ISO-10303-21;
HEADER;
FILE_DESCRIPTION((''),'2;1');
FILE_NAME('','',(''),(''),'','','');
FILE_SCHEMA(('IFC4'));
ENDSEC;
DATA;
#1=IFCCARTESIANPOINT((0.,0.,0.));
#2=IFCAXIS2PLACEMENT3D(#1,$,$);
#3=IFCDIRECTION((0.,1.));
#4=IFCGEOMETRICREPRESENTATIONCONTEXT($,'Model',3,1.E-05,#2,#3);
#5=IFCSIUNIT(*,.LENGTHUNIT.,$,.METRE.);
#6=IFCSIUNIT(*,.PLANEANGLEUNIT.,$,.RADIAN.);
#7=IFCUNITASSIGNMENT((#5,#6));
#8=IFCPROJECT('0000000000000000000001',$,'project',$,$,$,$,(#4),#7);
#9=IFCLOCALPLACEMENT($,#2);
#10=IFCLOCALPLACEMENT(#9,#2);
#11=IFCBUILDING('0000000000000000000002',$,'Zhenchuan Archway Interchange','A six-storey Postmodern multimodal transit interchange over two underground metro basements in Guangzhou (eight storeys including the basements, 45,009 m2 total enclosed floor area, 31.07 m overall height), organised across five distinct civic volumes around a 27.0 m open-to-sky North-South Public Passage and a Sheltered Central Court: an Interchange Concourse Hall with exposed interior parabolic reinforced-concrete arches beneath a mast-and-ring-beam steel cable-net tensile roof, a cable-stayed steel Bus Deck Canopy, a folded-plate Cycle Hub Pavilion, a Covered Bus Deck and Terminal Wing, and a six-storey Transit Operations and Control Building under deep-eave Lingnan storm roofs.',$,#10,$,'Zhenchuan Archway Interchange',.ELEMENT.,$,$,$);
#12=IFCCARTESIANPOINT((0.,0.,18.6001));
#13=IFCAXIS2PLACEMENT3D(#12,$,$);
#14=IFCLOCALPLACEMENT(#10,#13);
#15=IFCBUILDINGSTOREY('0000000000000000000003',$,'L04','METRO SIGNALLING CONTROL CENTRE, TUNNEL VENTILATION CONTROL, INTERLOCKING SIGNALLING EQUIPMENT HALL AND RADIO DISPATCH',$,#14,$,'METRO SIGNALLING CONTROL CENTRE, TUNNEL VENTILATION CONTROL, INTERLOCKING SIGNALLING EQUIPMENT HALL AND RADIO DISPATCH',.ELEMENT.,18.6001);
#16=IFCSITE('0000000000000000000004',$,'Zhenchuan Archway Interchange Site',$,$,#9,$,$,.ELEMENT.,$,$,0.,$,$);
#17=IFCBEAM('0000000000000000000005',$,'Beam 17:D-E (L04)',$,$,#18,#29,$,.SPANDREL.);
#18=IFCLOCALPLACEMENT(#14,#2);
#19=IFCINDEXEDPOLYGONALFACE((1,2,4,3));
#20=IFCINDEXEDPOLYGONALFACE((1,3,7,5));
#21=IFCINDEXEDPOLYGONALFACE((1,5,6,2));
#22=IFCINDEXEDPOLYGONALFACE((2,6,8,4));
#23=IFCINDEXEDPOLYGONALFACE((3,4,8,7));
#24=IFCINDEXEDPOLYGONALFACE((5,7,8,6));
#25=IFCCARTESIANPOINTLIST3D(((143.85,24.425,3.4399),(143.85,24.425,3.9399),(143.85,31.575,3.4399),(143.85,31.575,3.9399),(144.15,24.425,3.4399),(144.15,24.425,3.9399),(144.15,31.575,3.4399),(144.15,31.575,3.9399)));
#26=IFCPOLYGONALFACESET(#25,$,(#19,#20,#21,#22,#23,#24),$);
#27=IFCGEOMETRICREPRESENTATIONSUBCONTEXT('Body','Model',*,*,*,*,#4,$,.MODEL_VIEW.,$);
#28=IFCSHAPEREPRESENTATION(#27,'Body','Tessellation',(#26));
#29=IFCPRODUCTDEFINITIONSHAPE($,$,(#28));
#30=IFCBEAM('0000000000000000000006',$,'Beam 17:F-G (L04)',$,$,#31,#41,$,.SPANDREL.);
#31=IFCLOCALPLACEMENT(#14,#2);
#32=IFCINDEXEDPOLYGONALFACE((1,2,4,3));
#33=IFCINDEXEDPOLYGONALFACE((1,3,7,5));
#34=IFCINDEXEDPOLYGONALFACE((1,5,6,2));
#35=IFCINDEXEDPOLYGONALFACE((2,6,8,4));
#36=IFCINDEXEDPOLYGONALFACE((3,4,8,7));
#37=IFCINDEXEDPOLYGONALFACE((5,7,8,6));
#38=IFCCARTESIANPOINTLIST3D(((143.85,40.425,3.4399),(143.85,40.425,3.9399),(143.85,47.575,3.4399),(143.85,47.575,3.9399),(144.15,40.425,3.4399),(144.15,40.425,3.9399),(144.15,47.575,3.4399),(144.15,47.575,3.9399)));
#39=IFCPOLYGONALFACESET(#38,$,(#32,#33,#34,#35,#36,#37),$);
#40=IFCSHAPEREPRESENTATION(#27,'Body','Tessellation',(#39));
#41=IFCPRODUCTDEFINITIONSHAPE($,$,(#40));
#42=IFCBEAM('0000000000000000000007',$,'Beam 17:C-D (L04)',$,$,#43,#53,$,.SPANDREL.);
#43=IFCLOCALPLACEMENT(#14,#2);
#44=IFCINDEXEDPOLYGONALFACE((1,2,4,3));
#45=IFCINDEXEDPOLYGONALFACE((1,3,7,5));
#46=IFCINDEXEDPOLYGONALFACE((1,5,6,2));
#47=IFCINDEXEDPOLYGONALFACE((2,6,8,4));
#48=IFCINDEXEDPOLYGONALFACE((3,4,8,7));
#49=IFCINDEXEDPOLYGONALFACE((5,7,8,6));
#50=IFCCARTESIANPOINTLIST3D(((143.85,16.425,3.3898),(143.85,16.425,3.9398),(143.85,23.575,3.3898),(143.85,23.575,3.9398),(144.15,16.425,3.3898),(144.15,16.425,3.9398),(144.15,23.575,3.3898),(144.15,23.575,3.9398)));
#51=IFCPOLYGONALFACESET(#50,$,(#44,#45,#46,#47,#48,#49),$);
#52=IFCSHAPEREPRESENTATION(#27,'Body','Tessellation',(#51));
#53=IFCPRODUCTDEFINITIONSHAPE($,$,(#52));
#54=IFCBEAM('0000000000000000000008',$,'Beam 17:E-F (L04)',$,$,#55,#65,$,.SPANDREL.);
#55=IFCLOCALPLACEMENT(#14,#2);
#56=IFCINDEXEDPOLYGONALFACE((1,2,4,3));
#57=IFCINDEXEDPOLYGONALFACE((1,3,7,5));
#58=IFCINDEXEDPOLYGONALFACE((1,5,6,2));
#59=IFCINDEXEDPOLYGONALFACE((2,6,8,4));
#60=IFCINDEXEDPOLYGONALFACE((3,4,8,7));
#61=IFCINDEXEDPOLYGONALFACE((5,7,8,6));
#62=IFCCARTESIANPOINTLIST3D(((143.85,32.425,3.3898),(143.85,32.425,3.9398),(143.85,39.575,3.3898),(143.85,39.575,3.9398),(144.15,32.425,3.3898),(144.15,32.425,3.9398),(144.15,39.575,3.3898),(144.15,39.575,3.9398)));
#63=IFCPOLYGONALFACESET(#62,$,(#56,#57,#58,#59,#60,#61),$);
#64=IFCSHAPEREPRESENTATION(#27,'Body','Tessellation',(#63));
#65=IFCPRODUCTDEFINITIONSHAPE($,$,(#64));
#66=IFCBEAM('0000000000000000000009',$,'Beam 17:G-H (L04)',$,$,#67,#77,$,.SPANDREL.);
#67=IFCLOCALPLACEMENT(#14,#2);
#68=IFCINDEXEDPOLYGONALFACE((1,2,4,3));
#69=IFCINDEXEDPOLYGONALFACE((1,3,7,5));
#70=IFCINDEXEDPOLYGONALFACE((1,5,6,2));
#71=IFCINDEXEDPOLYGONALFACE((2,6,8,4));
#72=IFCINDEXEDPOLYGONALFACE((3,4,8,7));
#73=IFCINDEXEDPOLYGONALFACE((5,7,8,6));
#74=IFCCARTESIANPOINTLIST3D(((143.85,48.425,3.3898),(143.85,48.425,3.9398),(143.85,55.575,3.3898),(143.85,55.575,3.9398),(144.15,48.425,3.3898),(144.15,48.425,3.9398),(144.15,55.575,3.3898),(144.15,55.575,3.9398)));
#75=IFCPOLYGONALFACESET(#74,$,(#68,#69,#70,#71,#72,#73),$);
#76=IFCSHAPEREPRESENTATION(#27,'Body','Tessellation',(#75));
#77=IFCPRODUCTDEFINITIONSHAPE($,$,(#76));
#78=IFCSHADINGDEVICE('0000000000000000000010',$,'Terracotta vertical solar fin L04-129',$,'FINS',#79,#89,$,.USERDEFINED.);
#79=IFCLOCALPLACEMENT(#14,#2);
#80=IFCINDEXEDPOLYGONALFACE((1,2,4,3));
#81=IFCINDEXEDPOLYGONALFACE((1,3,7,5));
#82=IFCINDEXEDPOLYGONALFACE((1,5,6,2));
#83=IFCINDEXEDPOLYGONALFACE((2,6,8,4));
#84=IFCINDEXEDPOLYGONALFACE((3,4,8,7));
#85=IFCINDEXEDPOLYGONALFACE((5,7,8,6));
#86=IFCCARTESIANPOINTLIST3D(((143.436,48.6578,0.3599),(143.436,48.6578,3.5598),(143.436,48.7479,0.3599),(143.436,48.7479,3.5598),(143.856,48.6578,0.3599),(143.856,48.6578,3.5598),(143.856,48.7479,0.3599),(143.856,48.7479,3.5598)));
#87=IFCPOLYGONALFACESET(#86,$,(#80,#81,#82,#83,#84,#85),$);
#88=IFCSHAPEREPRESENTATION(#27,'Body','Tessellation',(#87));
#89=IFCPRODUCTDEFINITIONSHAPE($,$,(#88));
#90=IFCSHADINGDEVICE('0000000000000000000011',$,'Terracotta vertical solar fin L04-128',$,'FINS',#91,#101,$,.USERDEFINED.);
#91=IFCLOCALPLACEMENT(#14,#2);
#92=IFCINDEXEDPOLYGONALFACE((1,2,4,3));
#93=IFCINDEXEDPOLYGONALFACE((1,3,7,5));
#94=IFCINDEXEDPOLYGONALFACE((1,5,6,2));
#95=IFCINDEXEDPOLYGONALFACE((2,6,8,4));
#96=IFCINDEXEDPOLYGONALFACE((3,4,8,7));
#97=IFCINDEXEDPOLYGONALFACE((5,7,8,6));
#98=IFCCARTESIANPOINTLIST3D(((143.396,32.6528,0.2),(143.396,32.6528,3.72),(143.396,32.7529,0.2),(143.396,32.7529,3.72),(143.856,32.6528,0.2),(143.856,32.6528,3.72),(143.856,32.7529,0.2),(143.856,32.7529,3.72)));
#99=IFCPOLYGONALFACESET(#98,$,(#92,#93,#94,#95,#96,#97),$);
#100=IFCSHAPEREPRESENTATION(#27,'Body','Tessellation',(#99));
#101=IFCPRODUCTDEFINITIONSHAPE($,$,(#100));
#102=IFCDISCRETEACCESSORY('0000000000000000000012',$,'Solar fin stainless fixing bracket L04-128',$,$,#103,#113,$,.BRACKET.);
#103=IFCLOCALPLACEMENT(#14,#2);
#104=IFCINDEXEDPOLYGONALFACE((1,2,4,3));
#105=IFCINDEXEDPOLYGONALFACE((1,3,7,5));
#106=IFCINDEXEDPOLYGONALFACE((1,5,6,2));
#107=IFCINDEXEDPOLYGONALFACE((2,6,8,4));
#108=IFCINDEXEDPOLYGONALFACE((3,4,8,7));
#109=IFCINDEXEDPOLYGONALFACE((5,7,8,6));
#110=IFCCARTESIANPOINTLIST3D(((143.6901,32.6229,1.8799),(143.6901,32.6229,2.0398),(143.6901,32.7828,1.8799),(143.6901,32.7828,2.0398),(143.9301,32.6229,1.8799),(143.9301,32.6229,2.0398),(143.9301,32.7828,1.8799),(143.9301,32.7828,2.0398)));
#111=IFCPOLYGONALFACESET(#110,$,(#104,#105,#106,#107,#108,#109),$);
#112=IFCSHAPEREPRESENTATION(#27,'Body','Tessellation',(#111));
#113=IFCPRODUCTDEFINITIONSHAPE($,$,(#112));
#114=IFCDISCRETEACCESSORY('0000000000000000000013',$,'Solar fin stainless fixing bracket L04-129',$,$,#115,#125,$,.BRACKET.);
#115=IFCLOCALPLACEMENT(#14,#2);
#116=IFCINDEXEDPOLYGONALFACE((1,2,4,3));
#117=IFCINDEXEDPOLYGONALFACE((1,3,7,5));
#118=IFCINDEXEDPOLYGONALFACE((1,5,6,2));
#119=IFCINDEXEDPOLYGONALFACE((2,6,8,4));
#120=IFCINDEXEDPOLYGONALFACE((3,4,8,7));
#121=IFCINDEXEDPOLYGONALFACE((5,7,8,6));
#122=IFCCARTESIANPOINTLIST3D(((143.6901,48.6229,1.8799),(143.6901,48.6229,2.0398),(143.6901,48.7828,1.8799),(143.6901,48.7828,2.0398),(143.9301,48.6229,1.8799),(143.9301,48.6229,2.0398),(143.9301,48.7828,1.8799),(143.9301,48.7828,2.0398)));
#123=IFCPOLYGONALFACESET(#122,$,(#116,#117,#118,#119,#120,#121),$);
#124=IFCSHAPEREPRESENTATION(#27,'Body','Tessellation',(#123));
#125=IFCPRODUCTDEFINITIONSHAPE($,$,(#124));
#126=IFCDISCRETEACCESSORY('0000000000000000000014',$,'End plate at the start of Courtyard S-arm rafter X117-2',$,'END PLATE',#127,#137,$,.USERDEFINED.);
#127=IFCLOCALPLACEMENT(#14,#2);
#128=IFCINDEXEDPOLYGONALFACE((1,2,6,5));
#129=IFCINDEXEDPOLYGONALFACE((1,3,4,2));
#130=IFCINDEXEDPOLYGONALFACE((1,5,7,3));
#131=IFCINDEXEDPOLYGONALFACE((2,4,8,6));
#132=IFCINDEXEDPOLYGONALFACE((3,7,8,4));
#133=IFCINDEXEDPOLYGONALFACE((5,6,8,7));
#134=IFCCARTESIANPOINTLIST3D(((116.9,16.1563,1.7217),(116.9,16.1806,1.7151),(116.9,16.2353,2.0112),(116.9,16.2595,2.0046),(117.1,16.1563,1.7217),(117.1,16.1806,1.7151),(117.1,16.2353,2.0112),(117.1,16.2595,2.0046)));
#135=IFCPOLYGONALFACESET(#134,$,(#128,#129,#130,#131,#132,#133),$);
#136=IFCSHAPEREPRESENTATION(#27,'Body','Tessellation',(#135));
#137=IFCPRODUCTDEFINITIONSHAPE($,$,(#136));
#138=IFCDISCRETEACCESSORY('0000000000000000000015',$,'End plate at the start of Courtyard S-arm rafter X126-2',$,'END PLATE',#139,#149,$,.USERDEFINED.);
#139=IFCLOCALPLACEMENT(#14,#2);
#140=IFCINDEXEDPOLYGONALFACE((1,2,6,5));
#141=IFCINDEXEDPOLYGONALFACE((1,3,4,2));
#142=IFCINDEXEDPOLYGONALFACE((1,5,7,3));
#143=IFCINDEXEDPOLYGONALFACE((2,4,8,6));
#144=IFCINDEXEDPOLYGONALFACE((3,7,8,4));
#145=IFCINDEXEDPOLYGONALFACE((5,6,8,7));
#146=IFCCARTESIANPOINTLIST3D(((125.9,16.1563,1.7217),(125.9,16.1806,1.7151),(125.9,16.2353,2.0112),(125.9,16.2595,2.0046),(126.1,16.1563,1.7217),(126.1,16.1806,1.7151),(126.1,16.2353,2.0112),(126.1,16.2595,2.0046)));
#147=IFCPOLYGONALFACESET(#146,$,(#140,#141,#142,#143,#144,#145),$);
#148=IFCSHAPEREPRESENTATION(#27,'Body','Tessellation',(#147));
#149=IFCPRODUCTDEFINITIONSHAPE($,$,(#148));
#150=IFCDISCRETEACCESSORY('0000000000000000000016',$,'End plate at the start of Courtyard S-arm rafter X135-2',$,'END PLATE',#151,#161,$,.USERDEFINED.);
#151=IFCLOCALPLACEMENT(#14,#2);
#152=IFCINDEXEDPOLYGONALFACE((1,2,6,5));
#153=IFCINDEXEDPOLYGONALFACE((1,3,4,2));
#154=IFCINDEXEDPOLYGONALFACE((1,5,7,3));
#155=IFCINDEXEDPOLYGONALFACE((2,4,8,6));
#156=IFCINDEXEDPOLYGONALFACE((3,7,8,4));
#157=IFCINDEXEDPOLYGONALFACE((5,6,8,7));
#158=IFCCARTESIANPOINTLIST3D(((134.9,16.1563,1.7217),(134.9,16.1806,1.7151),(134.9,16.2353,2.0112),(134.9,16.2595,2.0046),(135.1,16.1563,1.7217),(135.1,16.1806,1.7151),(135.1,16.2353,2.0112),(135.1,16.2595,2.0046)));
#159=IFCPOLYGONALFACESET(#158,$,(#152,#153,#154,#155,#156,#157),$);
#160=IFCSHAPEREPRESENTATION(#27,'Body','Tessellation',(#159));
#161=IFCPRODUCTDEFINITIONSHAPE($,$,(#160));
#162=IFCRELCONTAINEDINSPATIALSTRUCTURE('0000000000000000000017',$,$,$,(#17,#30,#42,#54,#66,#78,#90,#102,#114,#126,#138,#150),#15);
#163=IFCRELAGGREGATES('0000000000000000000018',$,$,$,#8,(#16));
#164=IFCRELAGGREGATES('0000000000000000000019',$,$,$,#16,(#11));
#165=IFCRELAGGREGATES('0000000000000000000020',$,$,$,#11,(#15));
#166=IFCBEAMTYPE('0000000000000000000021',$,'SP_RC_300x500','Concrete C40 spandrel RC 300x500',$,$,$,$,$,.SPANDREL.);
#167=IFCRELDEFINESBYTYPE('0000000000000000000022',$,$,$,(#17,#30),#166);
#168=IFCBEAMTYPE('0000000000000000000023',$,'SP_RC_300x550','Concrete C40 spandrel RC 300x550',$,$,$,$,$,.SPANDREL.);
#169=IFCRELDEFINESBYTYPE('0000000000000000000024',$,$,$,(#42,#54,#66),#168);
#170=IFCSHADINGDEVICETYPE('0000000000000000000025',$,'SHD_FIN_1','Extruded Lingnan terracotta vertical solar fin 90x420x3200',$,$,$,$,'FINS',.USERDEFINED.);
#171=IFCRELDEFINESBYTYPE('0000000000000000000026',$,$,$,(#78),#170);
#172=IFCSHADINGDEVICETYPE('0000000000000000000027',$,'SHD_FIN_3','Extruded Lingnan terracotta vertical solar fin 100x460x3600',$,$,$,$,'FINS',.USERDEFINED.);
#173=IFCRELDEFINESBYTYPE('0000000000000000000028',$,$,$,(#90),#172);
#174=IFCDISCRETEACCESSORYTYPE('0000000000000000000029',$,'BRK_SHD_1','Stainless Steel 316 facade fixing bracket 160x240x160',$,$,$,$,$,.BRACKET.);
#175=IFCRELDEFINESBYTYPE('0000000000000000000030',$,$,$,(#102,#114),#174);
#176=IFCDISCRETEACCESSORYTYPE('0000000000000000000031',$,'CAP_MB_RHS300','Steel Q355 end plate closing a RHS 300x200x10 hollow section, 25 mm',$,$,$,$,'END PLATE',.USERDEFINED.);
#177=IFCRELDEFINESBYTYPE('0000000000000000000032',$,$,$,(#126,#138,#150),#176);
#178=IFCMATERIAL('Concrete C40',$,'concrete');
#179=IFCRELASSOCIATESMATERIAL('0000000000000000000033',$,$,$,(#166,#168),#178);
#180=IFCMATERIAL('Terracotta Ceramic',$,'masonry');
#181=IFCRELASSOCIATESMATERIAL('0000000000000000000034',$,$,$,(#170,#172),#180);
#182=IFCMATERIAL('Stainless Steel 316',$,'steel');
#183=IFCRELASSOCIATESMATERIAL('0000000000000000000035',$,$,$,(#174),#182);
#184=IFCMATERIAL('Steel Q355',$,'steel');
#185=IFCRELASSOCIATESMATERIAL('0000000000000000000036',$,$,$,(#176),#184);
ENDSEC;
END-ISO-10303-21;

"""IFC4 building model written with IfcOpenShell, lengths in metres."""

from ifc_helpers import new_model, si_unit, direction, frame, origin, origin_2d, place, context, subcontext, project, spatial, rectangle, extrude, material, material_profile, profile_set, type_object, element, save


model = new_model("IFC4")

# Units and contexts
model_context = context("Model", 3, precision=1e-05, world=origin(), true_north=direction((0.0, 1.0)))
body_context = subcontext(model_context, "Body", "Model", "MODEL_VIEW")
ifc_project = project(units=[si_unit("LENGTHUNIT", "METRE"), si_unit("PLANEANGLEUNIT", "RADIAN")], contexts=[model_context])

# Site, building, storey
site_placement = place(None, origin())
site = spatial("IfcSite", under=ifc_project, at=site_placement, Name="Zhenchuan Archway Interchange Site", CompositionType="ELEMENT", RefElevation=0.0)
building_placement = place(site_placement, origin())
building = spatial("IfcBuilding", under=site, at=building_placement, Name="Zhenchuan Archway Interchange", Description="A six-storey Postmodern multimodal transit interchange over two underground metro basements in Guangzhou (eight storeys including the basements, 45,009 m2 total enclosed floor area, 31.07 m overall height), organised across five distinct civic volumes around a 27.0 m open-to-sky North-South Public Passage and a Sheltered Central Court: an Interchange Concourse Hall with exposed interior parabolic reinforced-concrete arches beneath a mast-and-ring-beam steel cable-net tensile roof, a cable-stayed steel Bus Deck Canopy, a folded-plate Cycle Hub Pavilion, a Covered Bus Deck and Terminal Wing, and a six-storey Transit Operations and Control Building under deep-eave Lingnan storm roofs.", LongName="Zhenchuan Archway Interchange", CompositionType="ELEMENT")
storey_placement = place(building_placement, frame((0.0, 0.0, 18.6001)))
storey = spatial("IfcBuildingStorey", under=building, at=storey_placement, Name="L04", Description="METRO SIGNALLING CONTROL CENTRE, TUNNEL VENTILATION CONTROL, INTERLOCKING SIGNALLING EQUIPMENT HALL AND RADIO DISPATCH", LongName="METRO SIGNALLING CONTROL CENTRE, TUNNEL VENTILATION CONTROL, INTERLOCKING SIGNALLING EQUIPMENT HALL AND RADIO DISPATCH", CompositionType="ELEMENT", Elevation=18.6001)

# Shared definitions
ifc_material_1 = material(Name="Concrete C40", Category="concrete")

# Shared definitions
ifc_material_2 = material(Name="Steel Q355", Category="steel")

# Beams
ifc_material_profile_1 = material_profile(ifc_material_1, rectangle(XDim=0.3, YDim=0.5, at=origin_2d()), Name="RC 300x500")
ifc_profile_set_1 = profile_set([ifc_material_profile_1], Name="Concrete C40")
beam_type_1 = type_object("IfcBeamType", Name="SP_RC_300x500", Description="Concrete C40 spandrel RC 300x500", PredefinedType="SPANDREL", material=ifc_profile_set_1)
for number, where, z_axis, x_axis, name in (
    (1, (144.0, 24.425, 3.6899), (0.0, 1.0, 0.0), (-1.0, 0.0, 0.0), "Beam 17:D-E (L04)"),
    (2, (144.0, 40.425, 3.6899), (0.0, 1.0, 0.0), (-1.0, 0.0, 0.0), "Beam 17:F-G (L04)"),
):
    element("IfcBeam", number, at=place(storey_placement, frame(where, z_axis=z_axis, x_axis=x_axis)), inside=storey, type_object=beam_type_1, Name=name, PredefinedType="SPANDREL", context=body_context, shape_type="SweptSolid", body=[
        extrude(rectangle(XDim=0.3, YDim=0.5, at=origin_2d()), origin(), (0.0, 0.0, 1.0), 7.1499),
    ])
ifc_material_profile_2 = material_profile(ifc_material_1, rectangle(XDim=0.3, YDim=0.55, at=origin_2d()), Name="RC 300x550")
ifc_profile_set_2 = profile_set([ifc_material_profile_2], Name="Concrete C40")
beam_type_2 = type_object("IfcBeamType", Name="SP_RC_300x550", Description="Concrete C40 spandrel RC 300x550", PredefinedType="SPANDREL", material=ifc_profile_set_2)
for number, where, z_axis, x_axis, name in (
    (3, (144.0, 16.425, 3.6648), (0.0, 1.0, 0.0), (-1.0, 0.0, 0.0), "Beam 17:C-D (L04)"),
    (4, (144.0, 32.425, 3.6648), (0.0, 1.0, 0.0), (-1.0, 0.0, 0.0), "Beam 17:E-F (L04)"),
    (5, (144.0, 48.425, 3.6648), (0.0, 1.0, 0.0), (-1.0, 0.0, 0.0), "Beam 17:G-H (L04)"),
):
    element("IfcBeam", number, at=place(storey_placement, frame(where, z_axis=z_axis, x_axis=x_axis)), inside=storey, type_object=beam_type_2, Name=name, PredefinedType="SPANDREL", context=body_context, shape_type="SweptSolid", body=[
        extrude(rectangle(XDim=0.3, YDim=0.55, at=origin_2d()), origin(), (0.0, 0.0, 1.0), 7.1499),
    ])

# Shading devices
ifc_material_3 = material(Name="Terracotta Ceramic", Category="masonry")
shading_device_type_1 = type_object("IfcShadingDeviceType", Name="SHD_FIN_1", Description="Extruded Lingnan terracotta vertical solar fin 90x420x3200", ElementType="FINS", PredefinedType="USERDEFINED", material=ifc_material_3)
shading_device_1_placement = place(storey_placement, frame((143.646, 48.7029, 0.3599), z_axis=(0.0, 0.0, 1.0), x_axis=(0.0, 1.0, 0.0)))
element("IfcShadingDevice", 6, at=shading_device_1_placement, inside=storey, type_object=shading_device_type_1, Name="Terracotta vertical solar fin L04-129", ObjectType="FINS", PredefinedType="USERDEFINED", context=body_context, shape_type="SweptSolid", body=[
    extrude(rectangle(XDim=0.0901, YDim=0.4199, at=origin_2d()), origin(), (0.0, 0.0, 1.0), 3.2),
])
shading_device_type_2 = type_object("IfcShadingDeviceType", Name="SHD_FIN_3", Description="Extruded Lingnan terracotta vertical solar fin 100x460x3600", ElementType="FINS", PredefinedType="USERDEFINED", material=ifc_material_3)
shading_device_2_placement = place(storey_placement, frame((143.626, 32.7029, 0.2), z_axis=(0.0, 0.0, 1.0), x_axis=(0.0, 1.0, 0.0)))
element("IfcShadingDevice", 7, at=shading_device_2_placement, inside=storey, type_object=shading_device_type_2, Name="Terracotta vertical solar fin L04-128", ObjectType="FINS", PredefinedType="USERDEFINED", context=body_context, shape_type="SweptSolid", body=[
    extrude(rectangle(XDim=0.1001, YDim=0.46, at=origin_2d()), origin(), (0.0, 0.0, 1.0), 3.52),
])

# Discrete accessories
ifc_material_4 = material(Name="Stainless Steel 316", Category="steel")
discrete_accessory_type_1 = type_object("IfcDiscreteAccessoryType", Name="BRK_SHD_1", Description="Stainless Steel 316 facade fixing bracket 160x240x160", PredefinedType="BRACKET", material=ifc_material_4)
for number, where, z_axis, x_axis, name in (
    (8, (143.8101, 32.7029, 1.8799), (0.0, 0.0, 1.0), (0.0, 1.0, 0.0), "Solar fin stainless fixing bracket L04-128"),
    (9, (143.8101, 48.7029, 1.8799), (0.0, 0.0, 1.0), (0.0, 1.0, 0.0), "Solar fin stainless fixing bracket L04-129"),
):
    element("IfcDiscreteAccessory", number, at=place(storey_placement, frame(where, z_axis=z_axis, x_axis=x_axis)), inside=storey, type_object=discrete_accessory_type_1, Name=name, PredefinedType="BRACKET", context=body_context, shape_type="SweptSolid", body=[
        extrude(rectangle(XDim=0.1599, YDim=0.24, at=origin_2d()), origin(), (0.0, 0.0, 1.0), 0.1599),
    ])
discrete_accessory_type_2 = type_object("IfcDiscreteAccessoryType", Name="CAP_MB_RHS300", Description="Steel Q355 end plate closing a RHS 300x200x10 hollow section, 25 mm", ElementType="END PLATE", PredefinedType="USERDEFINED", material=ifc_material_2)
for number, where, z_axis, x_axis, name in (
    (10, (117.0, 16.1958, 1.8665), (0.0, 0.964764, -0.263117), (-1.0, 0.0, 0.0), "End plate at the start of Courtyard S-arm rafter X117-2"),
    (11, (126.0, 16.1958, 1.8665), (0.0, 0.964764, -0.263117), (-1.0, 0.0, 0.0), "End plate at the start of Courtyard S-arm rafter X126-2"),
    (12, (135.0, 16.1958, 1.8665), (0.0, 0.964764, -0.263117), (-1.0, 0.0, 0.0), "End plate at the start of Courtyard S-arm rafter X135-2"),
):
    element("IfcDiscreteAccessory", number, at=place(storey_placement, frame(where, z_axis=z_axis, x_axis=x_axis)), inside=storey, type_object=discrete_accessory_type_2, Name=name, ObjectType="END PLATE", PredefinedType="USERDEFINED", context=body_context, shape_type="SweptSolid", body=[
        extrude(rectangle(XDim=0.2, YDim=0.3, at=origin_2d()), origin(), (0.0, 0.0, 1.0), 0.0251),
    ])

save(model, "model.ifc")
